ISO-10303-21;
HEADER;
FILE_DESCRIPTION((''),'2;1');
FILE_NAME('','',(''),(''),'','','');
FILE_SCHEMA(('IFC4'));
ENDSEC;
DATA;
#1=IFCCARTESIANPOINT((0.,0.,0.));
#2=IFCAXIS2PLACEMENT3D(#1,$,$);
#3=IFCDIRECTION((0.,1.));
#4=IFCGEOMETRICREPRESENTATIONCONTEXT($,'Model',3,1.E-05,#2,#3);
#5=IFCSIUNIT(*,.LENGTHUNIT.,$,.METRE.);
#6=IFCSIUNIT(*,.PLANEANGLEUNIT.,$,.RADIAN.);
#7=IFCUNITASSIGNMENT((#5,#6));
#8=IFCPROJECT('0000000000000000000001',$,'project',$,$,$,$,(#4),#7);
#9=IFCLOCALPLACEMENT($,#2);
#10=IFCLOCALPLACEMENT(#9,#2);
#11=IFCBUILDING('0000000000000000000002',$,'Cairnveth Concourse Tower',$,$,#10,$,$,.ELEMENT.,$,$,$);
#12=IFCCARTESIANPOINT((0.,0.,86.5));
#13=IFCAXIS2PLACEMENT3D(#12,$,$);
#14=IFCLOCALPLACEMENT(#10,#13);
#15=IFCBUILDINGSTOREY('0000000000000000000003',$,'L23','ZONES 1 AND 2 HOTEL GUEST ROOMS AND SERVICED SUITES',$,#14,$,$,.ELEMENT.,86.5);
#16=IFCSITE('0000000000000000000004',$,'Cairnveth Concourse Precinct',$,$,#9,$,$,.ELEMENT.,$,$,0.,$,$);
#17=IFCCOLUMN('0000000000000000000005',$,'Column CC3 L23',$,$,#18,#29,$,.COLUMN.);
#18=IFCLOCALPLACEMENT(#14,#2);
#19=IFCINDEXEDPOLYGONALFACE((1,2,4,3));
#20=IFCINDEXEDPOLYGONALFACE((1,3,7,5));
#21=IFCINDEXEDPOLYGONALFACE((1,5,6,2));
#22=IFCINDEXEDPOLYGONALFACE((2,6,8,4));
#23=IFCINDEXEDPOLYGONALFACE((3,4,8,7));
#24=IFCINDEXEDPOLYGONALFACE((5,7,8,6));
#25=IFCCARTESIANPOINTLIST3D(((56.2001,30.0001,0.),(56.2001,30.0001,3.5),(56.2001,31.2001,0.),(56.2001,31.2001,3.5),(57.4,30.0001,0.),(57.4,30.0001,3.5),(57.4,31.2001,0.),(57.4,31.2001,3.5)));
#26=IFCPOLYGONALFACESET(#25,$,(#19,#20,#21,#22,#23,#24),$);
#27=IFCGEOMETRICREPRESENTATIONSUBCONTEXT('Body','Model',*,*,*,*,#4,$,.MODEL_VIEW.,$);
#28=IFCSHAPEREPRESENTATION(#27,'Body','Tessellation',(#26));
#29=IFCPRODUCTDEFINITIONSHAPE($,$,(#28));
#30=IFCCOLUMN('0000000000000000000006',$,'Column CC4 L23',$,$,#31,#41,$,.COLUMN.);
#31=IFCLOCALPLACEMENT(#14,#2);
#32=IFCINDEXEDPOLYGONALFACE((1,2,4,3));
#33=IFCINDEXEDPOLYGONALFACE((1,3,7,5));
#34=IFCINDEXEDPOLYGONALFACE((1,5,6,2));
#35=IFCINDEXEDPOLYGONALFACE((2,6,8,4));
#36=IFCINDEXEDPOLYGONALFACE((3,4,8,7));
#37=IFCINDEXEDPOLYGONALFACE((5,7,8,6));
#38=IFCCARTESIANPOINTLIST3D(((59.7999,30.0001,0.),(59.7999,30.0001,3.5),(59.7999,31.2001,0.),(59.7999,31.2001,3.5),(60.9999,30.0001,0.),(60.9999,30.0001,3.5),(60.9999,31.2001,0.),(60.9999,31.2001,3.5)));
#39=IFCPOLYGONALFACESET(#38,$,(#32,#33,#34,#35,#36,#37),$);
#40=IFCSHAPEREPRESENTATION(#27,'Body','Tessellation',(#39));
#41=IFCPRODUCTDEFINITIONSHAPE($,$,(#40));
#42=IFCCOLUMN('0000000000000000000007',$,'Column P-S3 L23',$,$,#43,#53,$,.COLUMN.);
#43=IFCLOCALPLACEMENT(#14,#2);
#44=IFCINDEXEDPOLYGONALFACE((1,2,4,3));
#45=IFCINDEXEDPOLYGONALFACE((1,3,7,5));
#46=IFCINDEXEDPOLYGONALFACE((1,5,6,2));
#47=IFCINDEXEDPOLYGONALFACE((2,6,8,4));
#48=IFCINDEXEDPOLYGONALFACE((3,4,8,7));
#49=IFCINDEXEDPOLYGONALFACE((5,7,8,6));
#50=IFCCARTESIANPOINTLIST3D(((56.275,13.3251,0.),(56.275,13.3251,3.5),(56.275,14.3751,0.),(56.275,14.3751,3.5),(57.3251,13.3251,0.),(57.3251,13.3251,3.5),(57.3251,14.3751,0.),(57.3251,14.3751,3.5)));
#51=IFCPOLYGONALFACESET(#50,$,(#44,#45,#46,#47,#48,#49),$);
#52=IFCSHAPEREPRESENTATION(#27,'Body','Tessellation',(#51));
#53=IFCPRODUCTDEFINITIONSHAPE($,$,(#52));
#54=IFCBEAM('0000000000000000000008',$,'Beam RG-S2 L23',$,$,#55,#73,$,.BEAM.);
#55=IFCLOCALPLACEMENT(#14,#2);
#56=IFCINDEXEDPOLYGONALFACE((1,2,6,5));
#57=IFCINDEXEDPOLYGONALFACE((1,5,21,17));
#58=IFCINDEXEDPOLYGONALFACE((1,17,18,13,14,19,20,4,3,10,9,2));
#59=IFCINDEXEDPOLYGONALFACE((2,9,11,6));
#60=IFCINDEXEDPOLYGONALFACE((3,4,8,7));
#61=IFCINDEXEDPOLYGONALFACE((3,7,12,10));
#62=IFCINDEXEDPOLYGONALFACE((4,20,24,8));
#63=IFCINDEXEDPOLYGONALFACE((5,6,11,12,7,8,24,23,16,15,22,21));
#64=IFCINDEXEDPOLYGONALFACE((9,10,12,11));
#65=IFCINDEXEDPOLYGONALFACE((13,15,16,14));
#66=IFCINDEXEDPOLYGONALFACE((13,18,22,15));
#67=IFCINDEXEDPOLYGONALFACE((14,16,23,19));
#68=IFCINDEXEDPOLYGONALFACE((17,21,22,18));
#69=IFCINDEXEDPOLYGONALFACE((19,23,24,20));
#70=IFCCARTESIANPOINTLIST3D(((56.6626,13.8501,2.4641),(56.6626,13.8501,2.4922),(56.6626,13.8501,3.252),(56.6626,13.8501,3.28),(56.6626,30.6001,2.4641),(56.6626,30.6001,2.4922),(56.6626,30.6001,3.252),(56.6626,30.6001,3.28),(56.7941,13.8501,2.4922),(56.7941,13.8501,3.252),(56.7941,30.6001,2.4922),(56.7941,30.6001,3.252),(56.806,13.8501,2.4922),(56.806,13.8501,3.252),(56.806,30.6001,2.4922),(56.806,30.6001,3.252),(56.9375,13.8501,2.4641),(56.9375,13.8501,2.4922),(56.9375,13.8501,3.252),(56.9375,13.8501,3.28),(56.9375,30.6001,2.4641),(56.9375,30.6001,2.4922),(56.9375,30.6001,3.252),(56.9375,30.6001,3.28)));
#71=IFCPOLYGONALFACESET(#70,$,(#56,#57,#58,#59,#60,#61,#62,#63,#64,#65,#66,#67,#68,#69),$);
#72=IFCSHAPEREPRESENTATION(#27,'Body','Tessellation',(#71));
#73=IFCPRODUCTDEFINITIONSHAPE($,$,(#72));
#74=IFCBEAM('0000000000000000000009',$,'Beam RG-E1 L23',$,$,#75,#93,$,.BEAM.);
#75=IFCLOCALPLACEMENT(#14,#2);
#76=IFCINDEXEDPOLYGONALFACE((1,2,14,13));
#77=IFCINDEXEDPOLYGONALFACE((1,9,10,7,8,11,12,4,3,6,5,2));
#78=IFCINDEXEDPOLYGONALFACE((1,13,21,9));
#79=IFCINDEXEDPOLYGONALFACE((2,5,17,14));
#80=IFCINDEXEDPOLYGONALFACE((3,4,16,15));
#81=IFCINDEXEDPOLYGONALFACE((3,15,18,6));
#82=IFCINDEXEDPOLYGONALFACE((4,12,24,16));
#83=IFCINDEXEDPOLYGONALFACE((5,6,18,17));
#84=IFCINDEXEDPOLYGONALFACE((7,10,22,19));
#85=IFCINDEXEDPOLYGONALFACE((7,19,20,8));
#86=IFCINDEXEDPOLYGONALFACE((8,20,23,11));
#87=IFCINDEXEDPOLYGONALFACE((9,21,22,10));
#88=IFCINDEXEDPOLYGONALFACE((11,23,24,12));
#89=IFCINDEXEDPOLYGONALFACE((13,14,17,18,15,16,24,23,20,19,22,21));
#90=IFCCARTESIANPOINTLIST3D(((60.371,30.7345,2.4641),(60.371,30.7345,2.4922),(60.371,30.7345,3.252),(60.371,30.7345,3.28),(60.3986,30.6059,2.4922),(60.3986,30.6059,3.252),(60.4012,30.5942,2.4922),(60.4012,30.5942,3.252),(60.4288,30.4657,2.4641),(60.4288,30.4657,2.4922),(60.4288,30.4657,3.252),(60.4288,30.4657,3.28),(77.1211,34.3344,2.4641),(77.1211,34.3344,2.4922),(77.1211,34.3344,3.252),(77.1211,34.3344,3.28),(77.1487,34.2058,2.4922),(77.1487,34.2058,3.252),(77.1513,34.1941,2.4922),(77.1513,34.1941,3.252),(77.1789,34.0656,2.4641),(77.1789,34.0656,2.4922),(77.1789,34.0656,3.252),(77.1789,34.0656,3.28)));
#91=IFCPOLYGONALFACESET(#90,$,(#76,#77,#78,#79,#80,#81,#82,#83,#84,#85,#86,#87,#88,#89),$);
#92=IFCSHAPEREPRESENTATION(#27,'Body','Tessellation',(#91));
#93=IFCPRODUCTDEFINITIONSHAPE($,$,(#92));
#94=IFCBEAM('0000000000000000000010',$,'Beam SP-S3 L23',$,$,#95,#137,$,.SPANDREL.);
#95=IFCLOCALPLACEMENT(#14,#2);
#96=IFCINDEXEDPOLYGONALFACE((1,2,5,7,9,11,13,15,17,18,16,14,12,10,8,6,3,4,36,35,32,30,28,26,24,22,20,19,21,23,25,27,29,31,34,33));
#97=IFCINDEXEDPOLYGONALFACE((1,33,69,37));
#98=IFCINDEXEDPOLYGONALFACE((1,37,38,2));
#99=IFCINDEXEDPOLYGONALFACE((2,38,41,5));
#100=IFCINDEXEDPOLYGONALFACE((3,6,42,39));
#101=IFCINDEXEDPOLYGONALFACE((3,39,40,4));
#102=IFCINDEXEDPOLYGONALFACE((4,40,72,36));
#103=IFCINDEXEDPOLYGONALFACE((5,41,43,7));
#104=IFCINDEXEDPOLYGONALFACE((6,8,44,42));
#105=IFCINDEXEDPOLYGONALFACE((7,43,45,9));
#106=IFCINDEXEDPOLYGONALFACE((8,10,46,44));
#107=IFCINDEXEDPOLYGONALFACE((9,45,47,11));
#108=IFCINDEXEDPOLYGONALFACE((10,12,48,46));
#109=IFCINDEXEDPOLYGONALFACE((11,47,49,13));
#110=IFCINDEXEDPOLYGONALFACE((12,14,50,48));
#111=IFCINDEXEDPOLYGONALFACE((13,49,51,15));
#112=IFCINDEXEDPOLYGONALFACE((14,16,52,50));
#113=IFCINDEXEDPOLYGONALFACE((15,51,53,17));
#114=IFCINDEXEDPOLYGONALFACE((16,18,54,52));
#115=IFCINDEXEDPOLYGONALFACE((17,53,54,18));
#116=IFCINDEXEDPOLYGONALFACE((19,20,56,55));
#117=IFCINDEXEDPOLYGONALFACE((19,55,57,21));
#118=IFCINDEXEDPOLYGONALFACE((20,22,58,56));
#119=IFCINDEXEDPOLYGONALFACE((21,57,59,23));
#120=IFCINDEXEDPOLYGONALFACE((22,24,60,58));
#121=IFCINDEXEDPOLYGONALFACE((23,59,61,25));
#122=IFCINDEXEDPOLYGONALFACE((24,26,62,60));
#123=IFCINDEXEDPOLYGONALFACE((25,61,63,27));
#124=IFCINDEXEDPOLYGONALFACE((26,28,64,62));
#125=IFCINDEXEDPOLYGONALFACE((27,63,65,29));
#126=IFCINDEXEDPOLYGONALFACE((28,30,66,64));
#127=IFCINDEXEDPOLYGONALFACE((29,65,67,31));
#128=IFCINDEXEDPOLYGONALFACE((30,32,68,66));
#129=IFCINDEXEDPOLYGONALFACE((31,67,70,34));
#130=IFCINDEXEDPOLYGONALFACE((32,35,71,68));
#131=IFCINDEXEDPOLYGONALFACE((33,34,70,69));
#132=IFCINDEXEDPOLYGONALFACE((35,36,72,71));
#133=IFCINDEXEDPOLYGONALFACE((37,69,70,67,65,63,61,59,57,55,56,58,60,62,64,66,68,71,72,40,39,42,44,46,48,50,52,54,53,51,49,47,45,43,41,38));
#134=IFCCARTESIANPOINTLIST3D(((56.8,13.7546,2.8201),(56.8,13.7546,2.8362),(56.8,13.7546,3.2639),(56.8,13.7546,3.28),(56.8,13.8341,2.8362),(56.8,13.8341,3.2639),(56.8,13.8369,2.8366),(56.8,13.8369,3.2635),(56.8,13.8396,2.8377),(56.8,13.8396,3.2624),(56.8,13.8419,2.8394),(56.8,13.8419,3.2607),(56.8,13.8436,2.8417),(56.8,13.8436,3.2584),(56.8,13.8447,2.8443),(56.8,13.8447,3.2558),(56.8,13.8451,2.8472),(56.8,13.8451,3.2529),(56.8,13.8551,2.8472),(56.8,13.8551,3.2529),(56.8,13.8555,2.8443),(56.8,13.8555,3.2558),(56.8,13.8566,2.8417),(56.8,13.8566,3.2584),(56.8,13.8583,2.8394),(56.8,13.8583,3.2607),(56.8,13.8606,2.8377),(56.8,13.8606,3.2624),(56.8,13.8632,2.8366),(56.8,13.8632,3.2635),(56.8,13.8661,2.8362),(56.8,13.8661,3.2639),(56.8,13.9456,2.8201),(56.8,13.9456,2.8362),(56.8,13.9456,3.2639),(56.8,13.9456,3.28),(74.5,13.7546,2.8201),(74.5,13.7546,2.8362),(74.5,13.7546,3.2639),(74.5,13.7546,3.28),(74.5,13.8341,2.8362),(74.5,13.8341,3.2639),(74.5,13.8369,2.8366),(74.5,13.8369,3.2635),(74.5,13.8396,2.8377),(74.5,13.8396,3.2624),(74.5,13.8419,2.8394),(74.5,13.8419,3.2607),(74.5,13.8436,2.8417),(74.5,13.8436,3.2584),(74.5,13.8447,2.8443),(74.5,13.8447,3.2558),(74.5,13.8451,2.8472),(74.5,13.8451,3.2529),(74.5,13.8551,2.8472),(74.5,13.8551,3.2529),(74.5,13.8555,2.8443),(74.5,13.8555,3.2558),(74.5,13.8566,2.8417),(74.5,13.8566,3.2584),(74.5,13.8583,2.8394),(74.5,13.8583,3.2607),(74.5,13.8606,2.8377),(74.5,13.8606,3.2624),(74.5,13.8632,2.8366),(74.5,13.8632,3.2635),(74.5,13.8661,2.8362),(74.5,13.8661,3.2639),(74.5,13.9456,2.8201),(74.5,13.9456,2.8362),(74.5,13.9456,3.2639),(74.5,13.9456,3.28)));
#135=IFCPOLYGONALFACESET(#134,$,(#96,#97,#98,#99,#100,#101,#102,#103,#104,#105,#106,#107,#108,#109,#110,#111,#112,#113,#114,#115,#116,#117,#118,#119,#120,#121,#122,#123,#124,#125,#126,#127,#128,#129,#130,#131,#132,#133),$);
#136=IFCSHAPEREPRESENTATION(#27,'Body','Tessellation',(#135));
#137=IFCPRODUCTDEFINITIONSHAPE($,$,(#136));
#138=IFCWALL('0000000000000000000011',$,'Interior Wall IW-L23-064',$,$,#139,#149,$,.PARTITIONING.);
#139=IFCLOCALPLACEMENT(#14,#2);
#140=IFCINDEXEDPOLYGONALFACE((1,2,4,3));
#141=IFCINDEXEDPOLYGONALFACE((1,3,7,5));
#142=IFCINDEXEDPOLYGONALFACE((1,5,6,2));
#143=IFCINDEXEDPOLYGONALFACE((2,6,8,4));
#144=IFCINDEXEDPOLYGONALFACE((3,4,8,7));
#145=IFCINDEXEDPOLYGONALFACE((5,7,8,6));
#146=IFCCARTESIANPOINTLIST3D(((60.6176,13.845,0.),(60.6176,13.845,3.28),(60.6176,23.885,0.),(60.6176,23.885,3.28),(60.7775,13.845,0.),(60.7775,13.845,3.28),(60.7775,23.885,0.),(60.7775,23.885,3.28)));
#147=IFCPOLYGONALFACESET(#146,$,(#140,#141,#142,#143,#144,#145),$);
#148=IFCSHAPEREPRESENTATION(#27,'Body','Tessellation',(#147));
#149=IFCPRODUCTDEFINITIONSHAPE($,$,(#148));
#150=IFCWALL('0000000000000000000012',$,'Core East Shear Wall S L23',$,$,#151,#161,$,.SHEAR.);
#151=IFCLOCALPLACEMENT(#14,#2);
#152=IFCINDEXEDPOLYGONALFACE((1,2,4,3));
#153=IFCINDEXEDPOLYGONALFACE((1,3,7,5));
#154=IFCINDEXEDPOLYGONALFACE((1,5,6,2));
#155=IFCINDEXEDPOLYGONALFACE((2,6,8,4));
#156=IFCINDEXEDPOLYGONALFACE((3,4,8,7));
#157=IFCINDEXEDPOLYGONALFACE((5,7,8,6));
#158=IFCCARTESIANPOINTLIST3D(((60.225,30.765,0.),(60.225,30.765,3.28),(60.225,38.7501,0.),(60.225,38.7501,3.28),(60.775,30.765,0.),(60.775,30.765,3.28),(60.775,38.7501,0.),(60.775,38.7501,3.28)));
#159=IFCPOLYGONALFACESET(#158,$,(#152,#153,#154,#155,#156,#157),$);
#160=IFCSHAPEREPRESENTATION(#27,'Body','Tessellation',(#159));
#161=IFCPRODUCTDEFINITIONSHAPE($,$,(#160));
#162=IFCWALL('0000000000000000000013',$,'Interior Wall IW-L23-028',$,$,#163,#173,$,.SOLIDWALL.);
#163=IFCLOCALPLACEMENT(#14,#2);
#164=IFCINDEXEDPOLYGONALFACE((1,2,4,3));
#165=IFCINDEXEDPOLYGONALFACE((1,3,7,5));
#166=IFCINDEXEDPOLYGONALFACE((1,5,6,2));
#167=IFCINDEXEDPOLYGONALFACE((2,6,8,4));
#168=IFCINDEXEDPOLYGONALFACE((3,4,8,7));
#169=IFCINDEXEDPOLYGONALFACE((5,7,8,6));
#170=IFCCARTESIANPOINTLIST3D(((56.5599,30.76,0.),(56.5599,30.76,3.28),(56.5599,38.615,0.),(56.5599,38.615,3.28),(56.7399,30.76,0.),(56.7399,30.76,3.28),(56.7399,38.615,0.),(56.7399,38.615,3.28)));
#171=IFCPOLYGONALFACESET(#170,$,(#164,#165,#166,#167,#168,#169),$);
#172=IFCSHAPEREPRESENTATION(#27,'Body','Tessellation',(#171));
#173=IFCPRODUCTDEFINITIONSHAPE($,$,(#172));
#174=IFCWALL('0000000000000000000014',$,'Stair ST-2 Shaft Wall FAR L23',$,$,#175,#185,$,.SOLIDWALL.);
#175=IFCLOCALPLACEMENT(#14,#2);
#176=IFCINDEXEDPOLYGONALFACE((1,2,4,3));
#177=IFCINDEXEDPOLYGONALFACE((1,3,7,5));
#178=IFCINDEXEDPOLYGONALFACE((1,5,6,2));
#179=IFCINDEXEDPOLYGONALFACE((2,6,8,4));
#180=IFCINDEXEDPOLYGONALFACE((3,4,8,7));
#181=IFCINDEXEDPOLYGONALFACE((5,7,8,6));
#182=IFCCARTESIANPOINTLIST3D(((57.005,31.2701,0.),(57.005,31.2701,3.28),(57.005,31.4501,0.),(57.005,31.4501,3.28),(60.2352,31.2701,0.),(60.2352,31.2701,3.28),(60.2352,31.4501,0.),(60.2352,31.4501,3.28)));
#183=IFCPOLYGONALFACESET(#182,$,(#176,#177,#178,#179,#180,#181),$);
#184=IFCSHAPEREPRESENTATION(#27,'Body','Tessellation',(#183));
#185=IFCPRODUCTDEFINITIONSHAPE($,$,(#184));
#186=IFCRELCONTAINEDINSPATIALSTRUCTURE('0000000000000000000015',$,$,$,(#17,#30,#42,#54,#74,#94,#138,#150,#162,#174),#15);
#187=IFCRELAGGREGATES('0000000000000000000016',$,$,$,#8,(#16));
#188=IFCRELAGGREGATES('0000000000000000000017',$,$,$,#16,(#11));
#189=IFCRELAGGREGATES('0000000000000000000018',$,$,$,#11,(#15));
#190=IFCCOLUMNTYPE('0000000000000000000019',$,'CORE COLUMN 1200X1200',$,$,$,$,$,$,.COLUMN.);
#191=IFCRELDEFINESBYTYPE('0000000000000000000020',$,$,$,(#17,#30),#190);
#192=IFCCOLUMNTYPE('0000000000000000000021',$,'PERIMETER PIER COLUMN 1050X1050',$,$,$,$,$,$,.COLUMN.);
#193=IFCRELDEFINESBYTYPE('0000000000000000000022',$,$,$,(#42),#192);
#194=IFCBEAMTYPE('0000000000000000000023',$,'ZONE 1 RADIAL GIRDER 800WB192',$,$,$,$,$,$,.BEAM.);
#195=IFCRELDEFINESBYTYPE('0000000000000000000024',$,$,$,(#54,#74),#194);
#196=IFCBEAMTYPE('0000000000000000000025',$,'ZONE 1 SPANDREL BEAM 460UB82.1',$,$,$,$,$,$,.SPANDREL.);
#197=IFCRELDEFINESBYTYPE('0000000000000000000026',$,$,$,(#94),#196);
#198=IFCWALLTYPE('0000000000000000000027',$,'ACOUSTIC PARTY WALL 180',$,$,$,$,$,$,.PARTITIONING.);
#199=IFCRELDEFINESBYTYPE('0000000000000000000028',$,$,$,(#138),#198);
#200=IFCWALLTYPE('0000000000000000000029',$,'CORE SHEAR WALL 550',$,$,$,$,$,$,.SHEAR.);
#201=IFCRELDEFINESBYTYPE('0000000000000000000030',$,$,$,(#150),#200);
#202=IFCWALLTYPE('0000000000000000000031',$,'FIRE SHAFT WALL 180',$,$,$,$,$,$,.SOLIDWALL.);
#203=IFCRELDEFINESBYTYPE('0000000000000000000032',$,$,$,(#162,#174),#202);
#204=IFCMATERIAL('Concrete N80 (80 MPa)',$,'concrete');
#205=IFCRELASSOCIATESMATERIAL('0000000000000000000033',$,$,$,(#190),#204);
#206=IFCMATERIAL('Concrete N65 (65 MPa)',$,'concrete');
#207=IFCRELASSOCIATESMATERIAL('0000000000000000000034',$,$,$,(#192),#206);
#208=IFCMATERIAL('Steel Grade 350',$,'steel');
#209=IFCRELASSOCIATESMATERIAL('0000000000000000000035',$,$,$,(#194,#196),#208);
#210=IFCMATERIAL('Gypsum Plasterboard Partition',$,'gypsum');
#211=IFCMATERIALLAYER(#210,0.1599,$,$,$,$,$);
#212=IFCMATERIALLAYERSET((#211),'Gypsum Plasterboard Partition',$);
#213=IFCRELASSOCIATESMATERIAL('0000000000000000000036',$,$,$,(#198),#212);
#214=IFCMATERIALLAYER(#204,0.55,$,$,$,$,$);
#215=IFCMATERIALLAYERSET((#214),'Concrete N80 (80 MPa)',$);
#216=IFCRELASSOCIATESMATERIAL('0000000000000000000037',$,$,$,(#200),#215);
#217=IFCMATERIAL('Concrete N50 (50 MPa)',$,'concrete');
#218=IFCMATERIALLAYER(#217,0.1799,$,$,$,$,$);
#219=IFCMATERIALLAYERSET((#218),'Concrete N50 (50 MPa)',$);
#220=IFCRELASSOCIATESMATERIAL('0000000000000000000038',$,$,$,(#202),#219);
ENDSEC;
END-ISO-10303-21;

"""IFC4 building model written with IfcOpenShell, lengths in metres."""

from ifc_helpers import new_model, si_unit, direction, frame, frame_2d, origin, origin_2d, place, context, subcontext, project, spatial, rectangle, i_section, extrude, material, layer, layer_set, material_profile, profile_set, type_object, element, save


model = new_model("IFC4")

# Units and contexts
model_context = context("Model", 3, precision=1e-05, world=origin(), true_north=direction((0.0, 1.0)))
body_context = subcontext(model_context, "Body", "Model", "MODEL_VIEW")
ifc_project = project(units=[si_unit("LENGTHUNIT", "METRE"), si_unit("PLANEANGLEUNIT", "RADIAN")], contexts=[model_context])

# Site, building, storey
site_placement = place(None, origin())
site = spatial("IfcSite", under=ifc_project, at=site_placement, Name="Cairnveth Concourse Precinct", CompositionType="ELEMENT", RefElevation=0.0)
building_placement = place(site_placement, origin())
building = spatial("IfcBuilding", under=site, at=building_placement, Name="Cairnveth Concourse Tower", CompositionType="ELEMENT")
storey_placement = place(building_placement, frame((0.0, 0.0, 86.5)))
storey = spatial("IfcBuildingStorey", under=building, at=storey_placement, Name="L23", Description="ZONES 1 AND 2 HOTEL GUEST ROOMS AND SERVICED SUITES", CompositionType="ELEMENT", Elevation=86.5)

# Columns
ifc_material_1 = material(Name="Concrete N80 (80 MPa)", Category="concrete")
ifc_material_profile_1 = material_profile(ifc_material_1, rectangle(XDim=1.2, YDim=1.2, at=origin_2d()), Name="RC-COL-1200x1200")
ifc_profile_set_1 = profile_set([ifc_material_profile_1], Name="Concrete N80 (80 MPa)")
column_type_1 = type_object("IfcColumnType", Name="CORE COLUMN 1200X1200", PredefinedType="COLUMN", material=ifc_profile_set_1)
for number, where, z_axis, x_axis, name in (
    (1, (56.8, 30.6001, 0.0), (0.0, 0.0, 1.0), (1.0, 0.0, 0.0), "Column CC3 L23"),
    (2, (60.3999, 30.6001, 0.0), (0.0, 0.0, 1.0), (1.0, 0.0, 0.0), "Column CC4 L23"),
):
    element("IfcColumn", number, at=place(storey_placement, frame(where, z_axis=z_axis, x_axis=x_axis)), inside=storey, type_object=column_type_1, Name=name, PredefinedType="COLUMN", context=body_context, shape_type="SweptSolid", body=[
        extrude(rectangle(XDim=1.2, YDim=1.2, at=origin_2d()), origin(), (0.0, 0.0, 1.0), 3.5),
    ])
ifc_material_2 = material(Name="Concrete N65 (65 MPa)", Category="concrete")
ifc_material_profile_2 = material_profile(ifc_material_2, rectangle(XDim=1.05, YDim=1.05, at=origin_2d()), Name="RC-COL-1050x1050")
ifc_profile_set_2 = profile_set([ifc_material_profile_2], Name="Concrete N65 (65 MPa)")
column_type_2 = type_object("IfcColumnType", Name="PERIMETER PIER COLUMN 1050X1050", PredefinedType="COLUMN", material=ifc_profile_set_2)
column_placement = place(storey_placement, frame((56.8, 13.8501, 0.0), z_axis=(0.0, 0.0, 1.0), x_axis=(1.0, 0.0, 0.0)))
element("IfcColumn", 3, at=column_placement, inside=storey, type_object=column_type_2, Name="Column P-S3 L23", PredefinedType="COLUMN", context=body_context, shape_type="SweptSolid", body=[
    extrude(rectangle(XDim=1.05, YDim=1.05, at=origin_2d()), origin(), (0.0, 0.0, 1.0), 3.5),
])

# Beams
ifc_material_3 = material(Name="Steel Grade 350", Category="steel")
ifc_material_profile_3 = material_profile(ifc_material_3, i_section(OverallWidth=0.2749, OverallDepth=0.8159, WebThickness=0.012, FlangeThickness=0.0281, at=origin_2d()), Name="800WB192")
ifc_profile_set_3 = profile_set([ifc_material_profile_3], Name="Steel Grade 350")
beam_type_1 = type_object("IfcBeamType", Name="ZONE 1 RADIAL GIRDER 800WB192", PredefinedType="BEAM", material=ifc_profile_set_3)
beam_1_placement = place(storey_placement, frame((56.8, 13.8501, 2.8721), z_axis=(0.0, 1.0, 0.0), x_axis=(-1.0, 0.0, 0.0)))
element("IfcBeam", 4, at=beam_1_placement, inside=storey, type_object=beam_type_1, Name="Beam RG-S2 L23", PredefinedType="BEAM", context=body_context, shape_type="SweptSolid", body=[
    extrude(i_section(OverallWidth=0.2749, OverallDepth=0.8159, WebThickness=0.012, FlangeThickness=0.0281, at=origin_2d()), origin(), (0.0, 0.0, 1.0), 16.75),
])
beam_2_placement = place(storey_placement, frame((60.3999, 30.6001, 2.8721), z_axis=(0.977676, 0.210119, 0.0), x_axis=(-0.210119, 0.977676, 0.0)))
element("IfcBeam", 5, at=beam_2_placement, inside=storey, type_object=beam_type_1, Name="Beam RG-E1 L23", PredefinedType="BEAM", context=body_context, shape_type="SweptSolid", body=[
    extrude(i_section(OverallWidth=0.2749, OverallDepth=0.8159, WebThickness=0.012, FlangeThickness=0.0281, at=origin_2d()), origin(), (0.0, 0.0, 1.0), 17.1326),
])
ifc_material_profile_4 = material_profile(ifc_material_3, i_section(OverallWidth=0.1909, OverallDepth=0.46, WebThickness=0.01, FlangeThickness=0.0161, FilletRadius=0.011, at=origin_2d()), Name="460UB82.1")
ifc_profile_set_4 = profile_set([ifc_material_profile_4], Name="Steel Grade 350")
beam_type_2 = type_object("IfcBeamType", Name="ZONE 1 SPANDREL BEAM 460UB82.1", PredefinedType="SPANDREL", material=ifc_profile_set_4)
beam_3_placement = place(storey_placement, frame((56.8, 13.8501, 3.05), z_axis=(1.0, 0.0, 0.0), x_axis=(0.0, 1.0, 0.0)))
element("IfcBeam", 6, at=beam_3_placement, inside=storey, type_object=beam_type_2, Name="Beam SP-S3 L23", PredefinedType="SPANDREL", context=body_context, shape_type="SweptSolid", body=[
    extrude(i_section(OverallWidth=0.1909, OverallDepth=0.46, WebThickness=0.01, FlangeThickness=0.0161, FilletRadius=0.011, at=origin_2d()), origin(), (0.0, 0.0, 1.0), 17.7),
])

# Walls
ifc_material_4 = material(Name="Gypsum Plasterboard Partition", Category="gypsum")
ifc_layer_1 = layer(ifc_material_4, 0.1599)
ifc_layer_set_1 = layer_set([ifc_layer_1], Name="Gypsum Plasterboard Partition")
wall_type_1 = type_object("IfcWallType", Name="ACOUSTIC PARTY WALL 180", PredefinedType="PARTITIONING", material=ifc_layer_set_1)
wall_1_placement = place(storey_placement, frame((60.6975, 13.845, 0.0), z_axis=(0.0, 0.0, 1.0), x_axis=(0.0, 1.0, 0.0)))
element("IfcWall", 7, at=wall_1_placement, inside=storey, type_object=wall_type_1, Name="Interior Wall IW-L23-064", PredefinedType="PARTITIONING", context=body_context, shape_type="SweptSolid", body=[
    extrude(rectangle(XDim=10.04, YDim=0.1599, at=frame_2d((5.02, 0.0))), origin(), (0.0, 0.0, 1.0), 3.28),
])
ifc_layer_2 = layer(ifc_material_1, 0.55)
ifc_layer_set_2 = layer_set([ifc_layer_2], Name="Concrete N80 (80 MPa)")
wall_type_2 = type_object("IfcWallType", Name="CORE SHEAR WALL 550", PredefinedType="SHEAR", material=ifc_layer_set_2)
wall_2_placement = place(storey_placement, frame((60.5, 30.7649, 0.0), z_axis=(0.0, 0.0, 1.0), x_axis=(0.0, 1.0, 0.0)))
element("IfcWall", 8, at=wall_2_placement, inside=storey, type_object=wall_type_2, Name="Core East Shear Wall S L23", PredefinedType="SHEAR", context=body_context, shape_type="SweptSolid", body=[
    extrude(rectangle(XDim=7.9851, YDim=0.55, at=frame_2d((3.9927, 0.0))), origin(), (0.0, 0.0, 1.0), 3.28),
])
ifc_material_5 = material(Name="Concrete N50 (50 MPa)", Category="concrete")
ifc_layer_3 = layer(ifc_material_5, 0.1799)
ifc_layer_set_3 = layer_set([ifc_layer_3], Name="Concrete N50 (50 MPa)")
wall_type_3 = type_object("IfcWallType", Name="FIRE SHAFT WALL 180", PredefinedType="SOLIDWALL", material=ifc_layer_set_3)
wall_3_placement = place(storey_placement, frame((56.6499, 30.76, 0.0), z_axis=(0.0, 0.0, 1.0), x_axis=(0.0, 1.0, 0.0)))
element("IfcWall", 9, at=wall_3_placement, inside=storey, type_object=wall_type_3, Name="Interior Wall IW-L23-028", PredefinedType="SOLIDWALL", context=body_context, shape_type="SweptSolid", body=[
    extrude(rectangle(XDim=7.855, YDim=0.1799, at=frame_2d((3.9275, 0.0))), origin(), (0.0, 0.0, 1.0), 3.28),
])
wall_4_placement = place(storey_placement, frame((57.0049, 31.3601, 0.0), z_axis=(0.0, 0.0, 1.0), x_axis=(1.0, 0.0, 0.0)))
element("IfcWall", 10, at=wall_4_placement, inside=storey, type_object=wall_type_3, Name="Stair ST-2 Shaft Wall FAR L23", PredefinedType="SOLIDWALL", context=body_context, shape_type="SweptSolid", body=[
    extrude(rectangle(XDim=3.2302, YDim=0.1799, at=frame_2d((1.6152, 0.0))), origin(), (0.0, 0.0, 1.0), 3.28),
])

save(model, "model.ifc")
